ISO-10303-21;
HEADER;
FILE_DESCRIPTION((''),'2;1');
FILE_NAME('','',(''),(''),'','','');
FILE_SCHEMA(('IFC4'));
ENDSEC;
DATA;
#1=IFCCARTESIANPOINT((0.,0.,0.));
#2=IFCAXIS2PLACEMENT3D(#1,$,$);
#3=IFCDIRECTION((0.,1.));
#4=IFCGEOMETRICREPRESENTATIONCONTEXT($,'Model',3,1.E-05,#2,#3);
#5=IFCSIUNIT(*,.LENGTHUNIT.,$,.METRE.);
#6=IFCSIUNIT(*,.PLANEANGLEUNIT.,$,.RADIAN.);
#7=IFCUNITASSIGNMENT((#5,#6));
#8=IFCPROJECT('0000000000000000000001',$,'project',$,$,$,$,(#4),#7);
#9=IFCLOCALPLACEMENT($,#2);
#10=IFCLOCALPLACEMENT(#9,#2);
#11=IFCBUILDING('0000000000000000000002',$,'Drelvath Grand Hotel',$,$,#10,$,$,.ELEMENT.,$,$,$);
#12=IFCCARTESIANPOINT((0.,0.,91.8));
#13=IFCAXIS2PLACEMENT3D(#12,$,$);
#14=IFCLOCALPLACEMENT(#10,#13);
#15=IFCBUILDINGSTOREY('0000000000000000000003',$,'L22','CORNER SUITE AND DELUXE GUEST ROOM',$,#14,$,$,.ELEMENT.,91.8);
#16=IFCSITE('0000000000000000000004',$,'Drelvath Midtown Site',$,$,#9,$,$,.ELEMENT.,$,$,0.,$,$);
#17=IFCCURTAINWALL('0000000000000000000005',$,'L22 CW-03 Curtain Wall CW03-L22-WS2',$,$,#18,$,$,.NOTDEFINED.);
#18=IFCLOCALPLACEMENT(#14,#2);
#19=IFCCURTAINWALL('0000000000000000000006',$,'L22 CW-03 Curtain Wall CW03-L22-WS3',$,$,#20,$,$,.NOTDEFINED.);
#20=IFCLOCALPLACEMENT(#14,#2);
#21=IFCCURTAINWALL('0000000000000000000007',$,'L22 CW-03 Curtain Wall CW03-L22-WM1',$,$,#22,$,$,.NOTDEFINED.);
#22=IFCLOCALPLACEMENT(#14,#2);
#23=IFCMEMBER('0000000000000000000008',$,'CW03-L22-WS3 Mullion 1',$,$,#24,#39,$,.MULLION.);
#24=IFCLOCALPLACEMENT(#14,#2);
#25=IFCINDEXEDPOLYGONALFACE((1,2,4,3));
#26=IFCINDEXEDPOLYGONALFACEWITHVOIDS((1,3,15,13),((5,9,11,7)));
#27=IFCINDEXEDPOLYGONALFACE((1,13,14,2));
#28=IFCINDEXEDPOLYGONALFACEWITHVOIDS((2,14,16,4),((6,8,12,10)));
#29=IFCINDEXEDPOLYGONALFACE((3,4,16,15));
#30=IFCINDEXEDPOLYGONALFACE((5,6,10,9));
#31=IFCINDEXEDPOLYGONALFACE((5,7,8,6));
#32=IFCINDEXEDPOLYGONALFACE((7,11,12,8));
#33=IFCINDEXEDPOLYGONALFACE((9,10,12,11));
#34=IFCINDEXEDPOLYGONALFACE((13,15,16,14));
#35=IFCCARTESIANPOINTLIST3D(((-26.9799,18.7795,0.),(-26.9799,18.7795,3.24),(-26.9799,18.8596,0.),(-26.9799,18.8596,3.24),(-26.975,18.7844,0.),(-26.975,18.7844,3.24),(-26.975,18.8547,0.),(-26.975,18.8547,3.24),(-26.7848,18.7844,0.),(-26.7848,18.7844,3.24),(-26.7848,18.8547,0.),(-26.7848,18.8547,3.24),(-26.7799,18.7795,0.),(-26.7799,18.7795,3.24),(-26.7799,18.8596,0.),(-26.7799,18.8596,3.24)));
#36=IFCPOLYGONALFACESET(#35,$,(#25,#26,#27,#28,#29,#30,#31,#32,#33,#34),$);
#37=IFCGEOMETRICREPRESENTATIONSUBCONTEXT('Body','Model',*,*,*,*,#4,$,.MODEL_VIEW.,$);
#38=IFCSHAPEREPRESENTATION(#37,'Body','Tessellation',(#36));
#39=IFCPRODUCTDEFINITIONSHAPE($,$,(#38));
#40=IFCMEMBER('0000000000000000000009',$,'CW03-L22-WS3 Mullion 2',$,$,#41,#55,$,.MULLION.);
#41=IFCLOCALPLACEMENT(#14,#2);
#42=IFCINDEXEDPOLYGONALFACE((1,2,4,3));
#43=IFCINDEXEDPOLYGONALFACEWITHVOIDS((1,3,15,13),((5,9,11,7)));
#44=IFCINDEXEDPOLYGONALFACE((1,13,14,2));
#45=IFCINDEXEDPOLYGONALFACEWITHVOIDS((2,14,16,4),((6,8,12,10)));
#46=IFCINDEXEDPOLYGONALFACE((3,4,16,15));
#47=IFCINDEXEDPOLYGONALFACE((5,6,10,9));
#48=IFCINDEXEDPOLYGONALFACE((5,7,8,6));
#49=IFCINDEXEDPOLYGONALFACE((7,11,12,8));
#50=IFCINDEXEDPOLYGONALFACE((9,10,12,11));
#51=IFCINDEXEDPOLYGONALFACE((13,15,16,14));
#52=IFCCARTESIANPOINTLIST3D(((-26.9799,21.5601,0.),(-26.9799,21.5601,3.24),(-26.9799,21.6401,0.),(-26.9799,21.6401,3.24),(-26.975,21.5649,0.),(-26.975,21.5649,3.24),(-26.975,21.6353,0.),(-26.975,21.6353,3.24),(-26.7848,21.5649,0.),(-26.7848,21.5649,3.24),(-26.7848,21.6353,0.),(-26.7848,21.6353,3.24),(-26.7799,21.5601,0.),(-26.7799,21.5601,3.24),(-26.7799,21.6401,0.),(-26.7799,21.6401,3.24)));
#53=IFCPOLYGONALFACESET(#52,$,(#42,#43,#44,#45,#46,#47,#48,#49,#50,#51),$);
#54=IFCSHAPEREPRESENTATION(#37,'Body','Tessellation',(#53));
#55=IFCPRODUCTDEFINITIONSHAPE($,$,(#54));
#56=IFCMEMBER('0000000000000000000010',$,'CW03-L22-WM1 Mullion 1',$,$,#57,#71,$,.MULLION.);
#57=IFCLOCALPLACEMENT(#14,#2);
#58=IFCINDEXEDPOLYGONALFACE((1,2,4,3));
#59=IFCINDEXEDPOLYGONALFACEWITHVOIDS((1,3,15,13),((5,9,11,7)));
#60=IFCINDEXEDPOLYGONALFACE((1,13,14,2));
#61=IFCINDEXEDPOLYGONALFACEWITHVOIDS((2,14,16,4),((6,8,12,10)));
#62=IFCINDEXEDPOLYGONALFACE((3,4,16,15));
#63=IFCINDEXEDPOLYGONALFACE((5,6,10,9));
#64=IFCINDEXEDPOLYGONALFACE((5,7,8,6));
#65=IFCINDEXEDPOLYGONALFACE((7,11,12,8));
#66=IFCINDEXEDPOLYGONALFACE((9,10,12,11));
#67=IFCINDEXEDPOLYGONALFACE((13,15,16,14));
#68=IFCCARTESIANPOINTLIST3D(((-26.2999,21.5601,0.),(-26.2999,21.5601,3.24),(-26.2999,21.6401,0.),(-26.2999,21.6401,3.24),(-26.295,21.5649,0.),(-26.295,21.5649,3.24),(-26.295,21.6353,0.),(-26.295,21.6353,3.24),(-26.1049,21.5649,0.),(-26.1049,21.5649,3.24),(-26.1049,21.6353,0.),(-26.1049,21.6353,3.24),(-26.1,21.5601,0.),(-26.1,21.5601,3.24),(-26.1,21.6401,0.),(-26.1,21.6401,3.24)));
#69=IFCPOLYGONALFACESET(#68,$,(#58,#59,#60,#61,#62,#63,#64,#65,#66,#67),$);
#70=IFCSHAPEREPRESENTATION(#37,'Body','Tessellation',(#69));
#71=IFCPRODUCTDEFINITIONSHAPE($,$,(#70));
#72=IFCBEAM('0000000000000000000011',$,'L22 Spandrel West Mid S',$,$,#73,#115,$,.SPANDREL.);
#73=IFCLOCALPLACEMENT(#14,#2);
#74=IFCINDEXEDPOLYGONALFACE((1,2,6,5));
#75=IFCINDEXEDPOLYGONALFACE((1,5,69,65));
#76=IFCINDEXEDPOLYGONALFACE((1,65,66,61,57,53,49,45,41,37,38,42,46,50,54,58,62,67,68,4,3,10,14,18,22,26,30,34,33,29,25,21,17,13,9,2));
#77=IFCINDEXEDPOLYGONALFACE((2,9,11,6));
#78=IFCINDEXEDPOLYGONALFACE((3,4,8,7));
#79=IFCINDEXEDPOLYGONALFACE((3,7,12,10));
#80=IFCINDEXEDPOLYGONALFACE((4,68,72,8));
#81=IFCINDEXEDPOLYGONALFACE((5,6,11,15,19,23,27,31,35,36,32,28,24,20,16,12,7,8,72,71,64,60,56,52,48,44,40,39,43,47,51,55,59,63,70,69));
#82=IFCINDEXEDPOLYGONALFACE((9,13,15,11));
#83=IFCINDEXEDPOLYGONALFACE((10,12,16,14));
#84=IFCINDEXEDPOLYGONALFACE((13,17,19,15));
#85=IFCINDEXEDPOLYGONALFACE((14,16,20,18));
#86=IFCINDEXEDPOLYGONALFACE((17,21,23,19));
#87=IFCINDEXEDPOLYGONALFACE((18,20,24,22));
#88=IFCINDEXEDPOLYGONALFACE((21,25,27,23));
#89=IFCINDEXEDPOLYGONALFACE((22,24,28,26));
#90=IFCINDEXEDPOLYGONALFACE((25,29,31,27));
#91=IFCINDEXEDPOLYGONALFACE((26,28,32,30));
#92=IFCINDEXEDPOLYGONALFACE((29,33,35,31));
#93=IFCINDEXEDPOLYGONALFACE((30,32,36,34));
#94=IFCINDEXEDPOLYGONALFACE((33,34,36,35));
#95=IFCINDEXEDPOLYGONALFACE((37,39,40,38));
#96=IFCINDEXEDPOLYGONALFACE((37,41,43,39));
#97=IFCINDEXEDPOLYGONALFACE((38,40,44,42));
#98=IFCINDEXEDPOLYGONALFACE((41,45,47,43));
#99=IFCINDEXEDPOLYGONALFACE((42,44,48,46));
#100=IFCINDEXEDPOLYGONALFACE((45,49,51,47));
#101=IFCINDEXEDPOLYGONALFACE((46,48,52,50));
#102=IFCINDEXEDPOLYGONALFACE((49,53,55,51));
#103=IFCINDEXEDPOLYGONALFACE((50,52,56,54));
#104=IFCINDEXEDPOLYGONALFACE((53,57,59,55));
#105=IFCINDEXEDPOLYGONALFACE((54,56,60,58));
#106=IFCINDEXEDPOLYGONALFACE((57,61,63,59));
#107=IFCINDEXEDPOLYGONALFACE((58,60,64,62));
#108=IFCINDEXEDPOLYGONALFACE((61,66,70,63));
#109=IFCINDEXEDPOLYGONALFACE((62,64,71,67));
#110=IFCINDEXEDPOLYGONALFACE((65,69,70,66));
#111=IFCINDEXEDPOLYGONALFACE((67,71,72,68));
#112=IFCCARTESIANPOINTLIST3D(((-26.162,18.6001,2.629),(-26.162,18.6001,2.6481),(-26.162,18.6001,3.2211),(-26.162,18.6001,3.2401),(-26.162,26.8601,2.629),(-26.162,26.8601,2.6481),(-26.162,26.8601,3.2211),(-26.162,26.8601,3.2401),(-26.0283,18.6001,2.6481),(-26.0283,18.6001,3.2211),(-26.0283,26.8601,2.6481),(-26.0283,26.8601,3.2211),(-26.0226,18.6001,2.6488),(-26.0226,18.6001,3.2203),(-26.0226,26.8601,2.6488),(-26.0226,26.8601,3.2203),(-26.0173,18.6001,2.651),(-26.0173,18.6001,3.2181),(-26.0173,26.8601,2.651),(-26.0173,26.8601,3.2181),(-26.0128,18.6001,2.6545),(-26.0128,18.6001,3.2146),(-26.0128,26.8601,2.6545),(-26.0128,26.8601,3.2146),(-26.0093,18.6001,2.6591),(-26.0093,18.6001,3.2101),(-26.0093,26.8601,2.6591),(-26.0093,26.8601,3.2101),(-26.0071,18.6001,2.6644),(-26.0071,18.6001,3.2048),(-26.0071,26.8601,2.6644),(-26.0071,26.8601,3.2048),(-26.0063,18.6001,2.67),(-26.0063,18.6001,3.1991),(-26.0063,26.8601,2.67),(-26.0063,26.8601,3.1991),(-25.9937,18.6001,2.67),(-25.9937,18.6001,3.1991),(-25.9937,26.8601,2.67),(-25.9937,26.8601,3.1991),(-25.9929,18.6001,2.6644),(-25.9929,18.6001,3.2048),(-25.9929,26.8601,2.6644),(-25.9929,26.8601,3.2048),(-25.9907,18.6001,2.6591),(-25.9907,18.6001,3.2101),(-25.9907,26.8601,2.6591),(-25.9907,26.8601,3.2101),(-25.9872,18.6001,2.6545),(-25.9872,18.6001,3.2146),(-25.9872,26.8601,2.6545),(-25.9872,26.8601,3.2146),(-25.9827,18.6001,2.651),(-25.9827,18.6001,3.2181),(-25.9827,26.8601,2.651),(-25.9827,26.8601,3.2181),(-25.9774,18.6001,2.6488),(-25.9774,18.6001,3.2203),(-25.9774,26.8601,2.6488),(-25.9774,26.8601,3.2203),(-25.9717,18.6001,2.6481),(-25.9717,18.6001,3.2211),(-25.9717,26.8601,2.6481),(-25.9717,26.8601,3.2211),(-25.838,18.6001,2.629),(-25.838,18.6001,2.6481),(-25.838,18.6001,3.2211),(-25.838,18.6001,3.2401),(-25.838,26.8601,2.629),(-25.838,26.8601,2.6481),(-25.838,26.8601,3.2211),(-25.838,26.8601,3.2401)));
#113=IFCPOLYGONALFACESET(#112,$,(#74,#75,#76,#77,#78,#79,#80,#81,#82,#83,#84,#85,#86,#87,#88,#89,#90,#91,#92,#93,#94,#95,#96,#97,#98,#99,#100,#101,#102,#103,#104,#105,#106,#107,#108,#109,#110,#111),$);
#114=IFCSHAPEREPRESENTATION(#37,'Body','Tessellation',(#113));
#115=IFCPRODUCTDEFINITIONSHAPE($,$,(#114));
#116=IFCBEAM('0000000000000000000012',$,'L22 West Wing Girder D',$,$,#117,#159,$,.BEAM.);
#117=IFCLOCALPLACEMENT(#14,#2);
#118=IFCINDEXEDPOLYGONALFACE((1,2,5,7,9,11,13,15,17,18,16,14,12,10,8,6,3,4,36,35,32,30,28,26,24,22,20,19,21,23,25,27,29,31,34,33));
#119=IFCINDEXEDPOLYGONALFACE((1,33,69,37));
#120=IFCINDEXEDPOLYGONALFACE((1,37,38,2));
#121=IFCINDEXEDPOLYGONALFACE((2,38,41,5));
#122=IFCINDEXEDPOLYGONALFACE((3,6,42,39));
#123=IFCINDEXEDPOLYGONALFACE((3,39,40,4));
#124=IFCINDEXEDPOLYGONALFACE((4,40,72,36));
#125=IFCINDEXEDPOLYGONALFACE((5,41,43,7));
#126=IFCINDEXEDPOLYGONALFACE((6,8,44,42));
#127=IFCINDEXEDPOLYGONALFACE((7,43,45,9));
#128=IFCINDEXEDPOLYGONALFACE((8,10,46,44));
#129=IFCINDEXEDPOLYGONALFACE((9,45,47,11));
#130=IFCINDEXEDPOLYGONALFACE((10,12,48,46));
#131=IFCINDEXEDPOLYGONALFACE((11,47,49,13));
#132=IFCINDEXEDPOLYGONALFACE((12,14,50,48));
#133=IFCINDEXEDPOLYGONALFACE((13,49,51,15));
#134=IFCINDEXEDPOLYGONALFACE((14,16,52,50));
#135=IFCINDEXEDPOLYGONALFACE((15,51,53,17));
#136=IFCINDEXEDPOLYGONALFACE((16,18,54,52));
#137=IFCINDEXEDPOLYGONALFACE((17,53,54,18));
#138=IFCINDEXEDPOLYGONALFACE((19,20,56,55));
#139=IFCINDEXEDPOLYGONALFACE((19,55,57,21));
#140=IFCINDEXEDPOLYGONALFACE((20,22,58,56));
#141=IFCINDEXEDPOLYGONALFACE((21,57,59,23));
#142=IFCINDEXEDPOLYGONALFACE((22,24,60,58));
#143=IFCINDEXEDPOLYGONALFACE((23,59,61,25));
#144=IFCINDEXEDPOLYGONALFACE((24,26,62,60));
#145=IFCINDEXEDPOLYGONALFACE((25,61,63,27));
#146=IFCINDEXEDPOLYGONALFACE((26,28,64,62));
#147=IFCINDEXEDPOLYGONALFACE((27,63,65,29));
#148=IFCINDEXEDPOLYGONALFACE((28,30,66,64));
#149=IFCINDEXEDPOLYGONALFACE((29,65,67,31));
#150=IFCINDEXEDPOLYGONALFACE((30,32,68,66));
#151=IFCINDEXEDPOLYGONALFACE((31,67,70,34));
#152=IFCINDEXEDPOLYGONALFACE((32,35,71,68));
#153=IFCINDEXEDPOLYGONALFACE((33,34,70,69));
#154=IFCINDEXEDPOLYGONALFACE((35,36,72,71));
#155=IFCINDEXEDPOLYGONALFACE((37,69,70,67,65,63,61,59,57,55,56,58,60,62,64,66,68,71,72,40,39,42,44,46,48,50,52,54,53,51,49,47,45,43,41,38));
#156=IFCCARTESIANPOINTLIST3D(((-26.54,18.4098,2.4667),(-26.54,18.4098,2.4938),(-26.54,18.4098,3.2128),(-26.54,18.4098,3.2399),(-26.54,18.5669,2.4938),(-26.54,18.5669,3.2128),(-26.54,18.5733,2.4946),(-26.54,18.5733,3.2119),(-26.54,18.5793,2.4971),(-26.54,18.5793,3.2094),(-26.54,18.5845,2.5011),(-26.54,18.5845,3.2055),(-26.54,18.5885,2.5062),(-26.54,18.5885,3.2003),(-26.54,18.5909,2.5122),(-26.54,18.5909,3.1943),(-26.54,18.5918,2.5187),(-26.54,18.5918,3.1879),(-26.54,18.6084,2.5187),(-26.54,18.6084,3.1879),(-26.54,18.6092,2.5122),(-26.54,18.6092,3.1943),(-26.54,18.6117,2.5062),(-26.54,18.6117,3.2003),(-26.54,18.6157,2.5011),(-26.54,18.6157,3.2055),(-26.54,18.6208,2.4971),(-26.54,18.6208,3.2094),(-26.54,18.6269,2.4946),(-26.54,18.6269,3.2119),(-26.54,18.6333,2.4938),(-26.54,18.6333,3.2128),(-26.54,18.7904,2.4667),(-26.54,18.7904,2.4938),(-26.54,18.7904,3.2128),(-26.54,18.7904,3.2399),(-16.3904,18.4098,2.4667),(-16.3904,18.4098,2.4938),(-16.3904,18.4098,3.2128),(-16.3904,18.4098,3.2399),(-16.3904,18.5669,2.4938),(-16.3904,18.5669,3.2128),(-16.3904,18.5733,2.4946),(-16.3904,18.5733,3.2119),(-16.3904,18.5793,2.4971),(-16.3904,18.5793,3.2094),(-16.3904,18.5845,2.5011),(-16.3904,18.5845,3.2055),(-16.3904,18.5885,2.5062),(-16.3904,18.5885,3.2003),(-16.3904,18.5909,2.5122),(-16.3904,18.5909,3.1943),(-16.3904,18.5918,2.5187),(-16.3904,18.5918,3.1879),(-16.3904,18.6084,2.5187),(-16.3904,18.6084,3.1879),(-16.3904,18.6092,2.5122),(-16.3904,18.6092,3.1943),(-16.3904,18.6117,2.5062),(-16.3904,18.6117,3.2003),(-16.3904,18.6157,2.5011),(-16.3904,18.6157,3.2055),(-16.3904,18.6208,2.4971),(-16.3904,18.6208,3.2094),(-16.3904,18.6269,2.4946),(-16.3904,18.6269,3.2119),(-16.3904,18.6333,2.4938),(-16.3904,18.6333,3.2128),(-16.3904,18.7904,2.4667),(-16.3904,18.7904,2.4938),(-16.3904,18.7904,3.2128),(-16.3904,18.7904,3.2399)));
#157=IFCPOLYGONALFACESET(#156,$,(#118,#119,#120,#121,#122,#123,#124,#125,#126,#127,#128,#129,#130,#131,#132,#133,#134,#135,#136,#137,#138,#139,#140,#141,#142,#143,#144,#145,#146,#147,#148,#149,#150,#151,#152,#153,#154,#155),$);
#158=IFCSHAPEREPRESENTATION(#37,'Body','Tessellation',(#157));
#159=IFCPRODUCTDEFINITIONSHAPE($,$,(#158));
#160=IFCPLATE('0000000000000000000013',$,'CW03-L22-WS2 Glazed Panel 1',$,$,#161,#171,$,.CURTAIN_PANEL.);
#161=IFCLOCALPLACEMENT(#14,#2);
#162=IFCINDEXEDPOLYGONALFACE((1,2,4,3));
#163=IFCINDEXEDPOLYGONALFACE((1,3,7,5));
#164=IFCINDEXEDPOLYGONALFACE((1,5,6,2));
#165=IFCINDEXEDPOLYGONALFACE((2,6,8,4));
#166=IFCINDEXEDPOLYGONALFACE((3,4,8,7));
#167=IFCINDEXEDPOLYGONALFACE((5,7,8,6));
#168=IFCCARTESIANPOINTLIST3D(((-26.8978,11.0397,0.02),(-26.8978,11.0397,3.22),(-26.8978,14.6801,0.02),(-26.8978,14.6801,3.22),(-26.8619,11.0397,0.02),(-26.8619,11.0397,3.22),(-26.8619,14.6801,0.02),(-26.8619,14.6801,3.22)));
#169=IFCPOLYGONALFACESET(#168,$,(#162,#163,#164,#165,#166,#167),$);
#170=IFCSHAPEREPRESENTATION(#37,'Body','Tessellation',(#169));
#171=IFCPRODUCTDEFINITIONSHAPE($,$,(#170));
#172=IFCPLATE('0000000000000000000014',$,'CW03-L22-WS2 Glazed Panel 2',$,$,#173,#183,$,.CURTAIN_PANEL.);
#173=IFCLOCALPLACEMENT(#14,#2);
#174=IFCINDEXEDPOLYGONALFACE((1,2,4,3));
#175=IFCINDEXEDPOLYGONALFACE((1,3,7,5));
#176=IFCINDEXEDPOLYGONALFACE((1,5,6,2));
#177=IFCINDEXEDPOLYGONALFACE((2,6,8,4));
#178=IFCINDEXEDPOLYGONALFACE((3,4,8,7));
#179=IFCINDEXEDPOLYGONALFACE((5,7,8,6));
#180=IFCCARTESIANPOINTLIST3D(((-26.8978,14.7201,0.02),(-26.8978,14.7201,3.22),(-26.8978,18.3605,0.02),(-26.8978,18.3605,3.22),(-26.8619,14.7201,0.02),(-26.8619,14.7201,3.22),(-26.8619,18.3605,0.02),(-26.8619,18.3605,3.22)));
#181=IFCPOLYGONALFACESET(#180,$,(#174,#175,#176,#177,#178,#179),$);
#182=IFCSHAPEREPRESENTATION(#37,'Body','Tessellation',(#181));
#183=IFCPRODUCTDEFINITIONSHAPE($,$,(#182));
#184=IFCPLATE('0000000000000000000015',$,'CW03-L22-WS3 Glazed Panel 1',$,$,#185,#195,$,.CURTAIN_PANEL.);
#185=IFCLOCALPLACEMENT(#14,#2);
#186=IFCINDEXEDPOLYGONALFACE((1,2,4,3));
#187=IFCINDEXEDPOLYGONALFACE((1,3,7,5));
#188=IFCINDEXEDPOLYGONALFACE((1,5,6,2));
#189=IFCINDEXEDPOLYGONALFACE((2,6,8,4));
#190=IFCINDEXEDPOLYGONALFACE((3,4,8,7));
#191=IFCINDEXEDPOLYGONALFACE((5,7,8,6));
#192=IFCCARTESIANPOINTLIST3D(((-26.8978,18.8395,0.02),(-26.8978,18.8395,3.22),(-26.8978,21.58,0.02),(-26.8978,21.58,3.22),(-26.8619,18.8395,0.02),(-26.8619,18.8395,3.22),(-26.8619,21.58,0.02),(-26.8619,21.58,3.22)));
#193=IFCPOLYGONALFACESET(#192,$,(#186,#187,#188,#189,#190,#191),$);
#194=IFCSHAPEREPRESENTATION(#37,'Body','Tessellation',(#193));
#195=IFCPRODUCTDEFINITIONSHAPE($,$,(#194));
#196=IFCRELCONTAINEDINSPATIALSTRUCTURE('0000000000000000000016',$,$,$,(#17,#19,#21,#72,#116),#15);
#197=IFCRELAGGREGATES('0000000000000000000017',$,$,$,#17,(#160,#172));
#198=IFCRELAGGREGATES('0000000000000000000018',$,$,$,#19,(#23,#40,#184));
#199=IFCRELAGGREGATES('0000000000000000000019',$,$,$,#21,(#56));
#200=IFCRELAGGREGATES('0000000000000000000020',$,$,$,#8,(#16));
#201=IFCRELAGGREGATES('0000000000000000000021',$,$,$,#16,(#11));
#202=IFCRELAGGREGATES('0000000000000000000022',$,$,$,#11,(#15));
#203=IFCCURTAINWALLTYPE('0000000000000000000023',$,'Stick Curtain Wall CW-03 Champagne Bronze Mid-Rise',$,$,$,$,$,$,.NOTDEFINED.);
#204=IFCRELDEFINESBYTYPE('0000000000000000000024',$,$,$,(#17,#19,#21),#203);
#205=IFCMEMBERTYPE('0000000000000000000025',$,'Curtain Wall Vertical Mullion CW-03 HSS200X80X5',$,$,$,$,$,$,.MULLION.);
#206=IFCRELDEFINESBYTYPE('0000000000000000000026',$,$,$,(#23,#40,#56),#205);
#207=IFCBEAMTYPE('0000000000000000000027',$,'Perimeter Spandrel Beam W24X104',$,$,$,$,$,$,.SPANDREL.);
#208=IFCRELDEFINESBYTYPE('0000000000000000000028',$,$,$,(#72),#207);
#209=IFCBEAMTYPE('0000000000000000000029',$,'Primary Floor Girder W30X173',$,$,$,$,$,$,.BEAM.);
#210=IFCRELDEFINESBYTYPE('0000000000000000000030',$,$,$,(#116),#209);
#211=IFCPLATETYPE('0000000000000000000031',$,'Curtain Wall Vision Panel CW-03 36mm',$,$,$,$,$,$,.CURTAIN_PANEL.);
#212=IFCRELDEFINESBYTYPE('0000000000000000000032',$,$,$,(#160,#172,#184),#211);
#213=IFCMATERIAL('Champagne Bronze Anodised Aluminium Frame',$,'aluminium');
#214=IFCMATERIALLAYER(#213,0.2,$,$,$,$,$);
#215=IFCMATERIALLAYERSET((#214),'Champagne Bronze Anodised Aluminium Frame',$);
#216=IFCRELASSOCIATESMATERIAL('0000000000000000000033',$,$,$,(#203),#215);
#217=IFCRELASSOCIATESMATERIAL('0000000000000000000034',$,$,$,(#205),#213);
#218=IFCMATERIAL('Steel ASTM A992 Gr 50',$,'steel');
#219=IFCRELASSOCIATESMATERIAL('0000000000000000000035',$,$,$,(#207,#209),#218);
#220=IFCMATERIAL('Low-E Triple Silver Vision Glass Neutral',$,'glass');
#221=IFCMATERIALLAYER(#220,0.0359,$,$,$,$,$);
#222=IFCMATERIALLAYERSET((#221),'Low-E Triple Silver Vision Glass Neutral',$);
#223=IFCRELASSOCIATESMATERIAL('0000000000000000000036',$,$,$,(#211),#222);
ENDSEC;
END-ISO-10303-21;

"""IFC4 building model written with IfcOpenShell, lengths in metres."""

from ifc_helpers import new_model, si_unit, direction, frame, origin, origin_2d, place, context, subcontext, project, spatial, rectangle, hollow_rectangle, i_section, extrude, material, layer, layer_set, material_profile, profile_set, type_object, element, aggregate, save


model = new_model("IFC4")

# Units and contexts
model_context = context("Model", 3, precision=1e-05, world=origin(), true_north=direction((0.0, 1.0)))
body_context = subcontext(model_context, "Body", "Model", "MODEL_VIEW")
ifc_project = project(units=[si_unit("LENGTHUNIT", "METRE"), si_unit("PLANEANGLEUNIT", "RADIAN")], contexts=[model_context])

# Site, building, storey
site_placement = place(None, origin())
site = spatial("IfcSite", under=ifc_project, at=site_placement, Name="Drelvath Midtown Site", CompositionType="ELEMENT", RefElevation=0.0)
building_placement = place(site_placement, origin())
building = spatial("IfcBuilding", under=site, at=building_placement, Name="Drelvath Grand Hotel", CompositionType="ELEMENT")
storey_placement = place(building_placement, frame((0.0, 0.0, 91.8)))
storey = spatial("IfcBuildingStorey", under=building, at=storey_placement, Name="L22", Description="CORNER SUITE AND DELUXE GUEST ROOM", CompositionType="ELEMENT", Elevation=91.8)

# Shared definitions
ifc_material_1 = material(Name="Steel ASTM A992 Gr 50", Category="steel")

# Curtain walls
ifc_material_2 = material(Name="Champagne Bronze Anodised Aluminium Frame", Category="aluminium")
ifc_layer_1 = layer(ifc_material_2, 0.2)
ifc_layer_set_1 = layer_set([ifc_layer_1], Name="Champagne Bronze Anodised Aluminium Frame")
curtain_wall_type = type_object("IfcCurtainWallType", Name="Stick Curtain Wall CW-03 Champagne Bronze Mid-Rise", PredefinedType="NOTDEFINED", material=ifc_layer_set_1)
curtain_wall_1_placement = place(storey_placement, origin())
curtain_wall_1 = element("IfcCurtainWall", 1, at=curtain_wall_1_placement, inside=storey, type_object=curtain_wall_type, Name="L22 CW-03 Curtain Wall CW03-L22-WS2", PredefinedType="NOTDEFINED")
curtain_wall_2_placement = place(storey_placement, origin())
curtain_wall_2 = element("IfcCurtainWall", 2, at=curtain_wall_2_placement, inside=storey, type_object=curtain_wall_type, Name="L22 CW-03 Curtain Wall CW03-L22-WS3", PredefinedType="NOTDEFINED")
curtain_wall_3_placement = place(storey_placement, origin())
curtain_wall_3 = element("IfcCurtainWall", 3, at=curtain_wall_3_placement, inside=storey, type_object=curtain_wall_type, Name="L22 CW-03 Curtain Wall CW03-L22-WM1", PredefinedType="NOTDEFINED")

# Members
ifc_material_profile_1 = material_profile(ifc_material_2, hollow_rectangle(XDim=0.0801, YDim=0.2, WallThickness=0.0049, at=origin_2d()), Name="HSS200X80X5")
ifc_profile_set_1 = profile_set([ifc_material_profile_1], Name="Champagne Bronze Anodised Aluminium Frame")
member_type_1 = type_object("IfcMemberType", Name="Curtain Wall Vertical Mullion CW-03 HSS200X80X5", PredefinedType="MULLION", material=ifc_profile_set_1)
member_1_placement = place(storey_placement, frame((-26.8799, 18.8196, 0.0), z_axis=(0.0, 0.0, 1.0), x_axis=(0.0, 1.0, 0.0)))
member_1 = element("IfcMember", 4, at=member_1_placement, type_object=member_type_1, Name="CW03-L22-WS3 Mullion 1", PredefinedType="MULLION", context=body_context, shape_type="SweptSolid", body=[
    extrude(hollow_rectangle(XDim=0.0801, YDim=0.2, WallThickness=0.0049, at=origin_2d()), origin(), (0.0, 0.0, 1.0), 3.24),
])
member_2_placement = place(storey_placement, frame((-26.8799, 21.6001, 0.0), z_axis=(0.0, 0.0, 1.0), x_axis=(0.0, 1.0, 0.0)))
member_2 = element("IfcMember", 5, at=member_2_placement, type_object=member_type_1, Name="CW03-L22-WS3 Mullion 2", PredefinedType="MULLION", context=body_context, shape_type="SweptSolid", body=[
    extrude(hollow_rectangle(XDim=0.0801, YDim=0.2, WallThickness=0.0049, at=origin_2d()), origin(), (0.0, 0.0, 1.0), 3.24),
])
member_3_placement = place(storey_placement, frame((-26.2, 21.6001, 0.0), z_axis=(0.0, 0.0, 1.0), x_axis=(0.0, 1.0, 0.0)))
member_3 = element("IfcMember", 6, at=member_3_placement, type_object=member_type_1, Name="CW03-L22-WM1 Mullion 1", PredefinedType="MULLION", context=body_context, shape_type="SweptSolid", body=[
    extrude(hollow_rectangle(XDim=0.0801, YDim=0.2, WallThickness=0.0049, at=origin_2d()), origin(), (0.0, 0.0, 1.0), 3.24),
])

# Beams
ifc_material_profile_2 = material_profile(ifc_material_1, i_section(OverallWidth=0.324, OverallDepth=0.6111, WebThickness=0.0127, FlangeThickness=0.019, FilletRadius=0.022, at=origin_2d()), Name="W24X104")
ifc_profile_set_2 = profile_set([ifc_material_profile_2], Name="Steel ASTM A992 Gr 50")
beam_type_1 = type_object("IfcBeamType", Name="Perimeter Spandrel Beam W24X104", PredefinedType="SPANDREL", material=ifc_profile_set_2)
beam_1_placement = place(storey_placement, frame((-26.0, 18.6001, 2.9346), z_axis=(0.0, 1.0, 0.0), x_axis=(-1.0, 0.0, 0.0)))
element("IfcBeam", 7, at=beam_1_placement, inside=storey, type_object=beam_type_1, Name="L22 Spandrel West Mid S", PredefinedType="SPANDREL", context=body_context, shape_type="SweptSolid", body=[
    extrude(i_section(OverallWidth=0.324, OverallDepth=0.6111, WebThickness=0.0127, FlangeThickness=0.019, FilletRadius=0.022, at=origin_2d()), origin(), (0.0, 0.0, 1.0), 8.26),
])
ifc_material_profile_3 = material_profile(ifc_material_1, i_section(OverallWidth=0.3806, OverallDepth=0.7732, WebThickness=0.0166, FlangeThickness=0.0271, FilletRadius=0.0249, at=origin_2d()), Name="W30X173")
ifc_profile_set_3 = profile_set([ifc_material_profile_3], Name="Steel ASTM A992 Gr 50")
beam_type_2 = type_object("IfcBeamType", Name="Primary Floor Girder W30X173", PredefinedType="BEAM", material=ifc_profile_set_3)
beam_2_placement = place(storey_placement, frame((-26.54, 18.6001, 2.8533), z_axis=(1.0, 0.0, 0.0), x_axis=(0.0, 1.0, 0.0)))
element("IfcBeam", 8, at=beam_2_placement, inside=storey, type_object=beam_type_2, Name="L22 West Wing Girder D", PredefinedType="BEAM", context=body_context, shape_type="SweptSolid", body=[
    extrude(i_section(OverallWidth=0.3806, OverallDepth=0.7732, WebThickness=0.0166, FlangeThickness=0.0271, FilletRadius=0.0249, at=origin_2d()), origin(), (0.0, 0.0, 1.0), 10.1497),
])

# Plates
ifc_material_3 = material(Name="Low-E Triple Silver Vision Glass Neutral", Category="glass")
ifc_layer_2 = layer(ifc_material_3, 0.0359)
ifc_layer_set_2 = layer_set([ifc_layer_2], Name="Low-E Triple Silver Vision Glass Neutral")
plate_type = type_object("IfcPlateType", Name="Curtain Wall Vision Panel CW-03 36mm", PredefinedType="CURTAIN_PANEL", material=ifc_layer_set_2)
plate_1_placement = place(storey_placement, frame((-26.8799, 12.8599, 0.02), z_axis=(0.0, 0.0, 1.0), x_axis=(0.0, 1.0, 0.0)))
plate_1 = element("IfcPlate", 9, at=plate_1_placement, type_object=plate_type, Name="CW03-L22-WS2 Glazed Panel 1", PredefinedType="CURTAIN_PANEL", context=body_context, shape_type="SweptSolid", body=[
    extrude(rectangle(XDim=3.6404, YDim=0.0359, at=origin_2d()), origin(), (0.0, 0.0, 1.0), 3.2),
])
plate_2_placement = place(storey_placement, frame((-26.8799, 16.5403, 0.02), z_axis=(0.0, 0.0, 1.0), x_axis=(0.0, 1.0, 0.0)))
plate_2 = element("IfcPlate", 10, at=plate_2_placement, type_object=plate_type, Name="CW03-L22-WS2 Glazed Panel 2", PredefinedType="CURTAIN_PANEL", context=body_context, shape_type="SweptSolid", body=[
    extrude(rectangle(XDim=3.6404, YDim=0.0359, at=origin_2d()), origin(), (0.0, 0.0, 1.0), 3.2),
])
aggregate(curtain_wall_1, [plate_1, plate_2])
plate_3_placement = place(storey_placement, frame((-26.8799, 20.2097, 0.02), z_axis=(0.0, 0.0, 1.0), x_axis=(0.0, 1.0, 0.0)))
plate_3 = element("IfcPlate", 11, at=plate_3_placement, type_object=plate_type, Name="CW03-L22-WS3 Glazed Panel 1", PredefinedType="CURTAIN_PANEL", context=body_context, shape_type="SweptSolid", body=[
    extrude(rectangle(XDim=2.7405, YDim=0.0359, at=origin_2d()), origin(), (0.0, 0.0, 1.0), 3.2),
])
aggregate(curtain_wall_2, [member_1, member_2, plate_3])
aggregate(curtain_wall_3, [member_3])

save(model, "model.ifc")
